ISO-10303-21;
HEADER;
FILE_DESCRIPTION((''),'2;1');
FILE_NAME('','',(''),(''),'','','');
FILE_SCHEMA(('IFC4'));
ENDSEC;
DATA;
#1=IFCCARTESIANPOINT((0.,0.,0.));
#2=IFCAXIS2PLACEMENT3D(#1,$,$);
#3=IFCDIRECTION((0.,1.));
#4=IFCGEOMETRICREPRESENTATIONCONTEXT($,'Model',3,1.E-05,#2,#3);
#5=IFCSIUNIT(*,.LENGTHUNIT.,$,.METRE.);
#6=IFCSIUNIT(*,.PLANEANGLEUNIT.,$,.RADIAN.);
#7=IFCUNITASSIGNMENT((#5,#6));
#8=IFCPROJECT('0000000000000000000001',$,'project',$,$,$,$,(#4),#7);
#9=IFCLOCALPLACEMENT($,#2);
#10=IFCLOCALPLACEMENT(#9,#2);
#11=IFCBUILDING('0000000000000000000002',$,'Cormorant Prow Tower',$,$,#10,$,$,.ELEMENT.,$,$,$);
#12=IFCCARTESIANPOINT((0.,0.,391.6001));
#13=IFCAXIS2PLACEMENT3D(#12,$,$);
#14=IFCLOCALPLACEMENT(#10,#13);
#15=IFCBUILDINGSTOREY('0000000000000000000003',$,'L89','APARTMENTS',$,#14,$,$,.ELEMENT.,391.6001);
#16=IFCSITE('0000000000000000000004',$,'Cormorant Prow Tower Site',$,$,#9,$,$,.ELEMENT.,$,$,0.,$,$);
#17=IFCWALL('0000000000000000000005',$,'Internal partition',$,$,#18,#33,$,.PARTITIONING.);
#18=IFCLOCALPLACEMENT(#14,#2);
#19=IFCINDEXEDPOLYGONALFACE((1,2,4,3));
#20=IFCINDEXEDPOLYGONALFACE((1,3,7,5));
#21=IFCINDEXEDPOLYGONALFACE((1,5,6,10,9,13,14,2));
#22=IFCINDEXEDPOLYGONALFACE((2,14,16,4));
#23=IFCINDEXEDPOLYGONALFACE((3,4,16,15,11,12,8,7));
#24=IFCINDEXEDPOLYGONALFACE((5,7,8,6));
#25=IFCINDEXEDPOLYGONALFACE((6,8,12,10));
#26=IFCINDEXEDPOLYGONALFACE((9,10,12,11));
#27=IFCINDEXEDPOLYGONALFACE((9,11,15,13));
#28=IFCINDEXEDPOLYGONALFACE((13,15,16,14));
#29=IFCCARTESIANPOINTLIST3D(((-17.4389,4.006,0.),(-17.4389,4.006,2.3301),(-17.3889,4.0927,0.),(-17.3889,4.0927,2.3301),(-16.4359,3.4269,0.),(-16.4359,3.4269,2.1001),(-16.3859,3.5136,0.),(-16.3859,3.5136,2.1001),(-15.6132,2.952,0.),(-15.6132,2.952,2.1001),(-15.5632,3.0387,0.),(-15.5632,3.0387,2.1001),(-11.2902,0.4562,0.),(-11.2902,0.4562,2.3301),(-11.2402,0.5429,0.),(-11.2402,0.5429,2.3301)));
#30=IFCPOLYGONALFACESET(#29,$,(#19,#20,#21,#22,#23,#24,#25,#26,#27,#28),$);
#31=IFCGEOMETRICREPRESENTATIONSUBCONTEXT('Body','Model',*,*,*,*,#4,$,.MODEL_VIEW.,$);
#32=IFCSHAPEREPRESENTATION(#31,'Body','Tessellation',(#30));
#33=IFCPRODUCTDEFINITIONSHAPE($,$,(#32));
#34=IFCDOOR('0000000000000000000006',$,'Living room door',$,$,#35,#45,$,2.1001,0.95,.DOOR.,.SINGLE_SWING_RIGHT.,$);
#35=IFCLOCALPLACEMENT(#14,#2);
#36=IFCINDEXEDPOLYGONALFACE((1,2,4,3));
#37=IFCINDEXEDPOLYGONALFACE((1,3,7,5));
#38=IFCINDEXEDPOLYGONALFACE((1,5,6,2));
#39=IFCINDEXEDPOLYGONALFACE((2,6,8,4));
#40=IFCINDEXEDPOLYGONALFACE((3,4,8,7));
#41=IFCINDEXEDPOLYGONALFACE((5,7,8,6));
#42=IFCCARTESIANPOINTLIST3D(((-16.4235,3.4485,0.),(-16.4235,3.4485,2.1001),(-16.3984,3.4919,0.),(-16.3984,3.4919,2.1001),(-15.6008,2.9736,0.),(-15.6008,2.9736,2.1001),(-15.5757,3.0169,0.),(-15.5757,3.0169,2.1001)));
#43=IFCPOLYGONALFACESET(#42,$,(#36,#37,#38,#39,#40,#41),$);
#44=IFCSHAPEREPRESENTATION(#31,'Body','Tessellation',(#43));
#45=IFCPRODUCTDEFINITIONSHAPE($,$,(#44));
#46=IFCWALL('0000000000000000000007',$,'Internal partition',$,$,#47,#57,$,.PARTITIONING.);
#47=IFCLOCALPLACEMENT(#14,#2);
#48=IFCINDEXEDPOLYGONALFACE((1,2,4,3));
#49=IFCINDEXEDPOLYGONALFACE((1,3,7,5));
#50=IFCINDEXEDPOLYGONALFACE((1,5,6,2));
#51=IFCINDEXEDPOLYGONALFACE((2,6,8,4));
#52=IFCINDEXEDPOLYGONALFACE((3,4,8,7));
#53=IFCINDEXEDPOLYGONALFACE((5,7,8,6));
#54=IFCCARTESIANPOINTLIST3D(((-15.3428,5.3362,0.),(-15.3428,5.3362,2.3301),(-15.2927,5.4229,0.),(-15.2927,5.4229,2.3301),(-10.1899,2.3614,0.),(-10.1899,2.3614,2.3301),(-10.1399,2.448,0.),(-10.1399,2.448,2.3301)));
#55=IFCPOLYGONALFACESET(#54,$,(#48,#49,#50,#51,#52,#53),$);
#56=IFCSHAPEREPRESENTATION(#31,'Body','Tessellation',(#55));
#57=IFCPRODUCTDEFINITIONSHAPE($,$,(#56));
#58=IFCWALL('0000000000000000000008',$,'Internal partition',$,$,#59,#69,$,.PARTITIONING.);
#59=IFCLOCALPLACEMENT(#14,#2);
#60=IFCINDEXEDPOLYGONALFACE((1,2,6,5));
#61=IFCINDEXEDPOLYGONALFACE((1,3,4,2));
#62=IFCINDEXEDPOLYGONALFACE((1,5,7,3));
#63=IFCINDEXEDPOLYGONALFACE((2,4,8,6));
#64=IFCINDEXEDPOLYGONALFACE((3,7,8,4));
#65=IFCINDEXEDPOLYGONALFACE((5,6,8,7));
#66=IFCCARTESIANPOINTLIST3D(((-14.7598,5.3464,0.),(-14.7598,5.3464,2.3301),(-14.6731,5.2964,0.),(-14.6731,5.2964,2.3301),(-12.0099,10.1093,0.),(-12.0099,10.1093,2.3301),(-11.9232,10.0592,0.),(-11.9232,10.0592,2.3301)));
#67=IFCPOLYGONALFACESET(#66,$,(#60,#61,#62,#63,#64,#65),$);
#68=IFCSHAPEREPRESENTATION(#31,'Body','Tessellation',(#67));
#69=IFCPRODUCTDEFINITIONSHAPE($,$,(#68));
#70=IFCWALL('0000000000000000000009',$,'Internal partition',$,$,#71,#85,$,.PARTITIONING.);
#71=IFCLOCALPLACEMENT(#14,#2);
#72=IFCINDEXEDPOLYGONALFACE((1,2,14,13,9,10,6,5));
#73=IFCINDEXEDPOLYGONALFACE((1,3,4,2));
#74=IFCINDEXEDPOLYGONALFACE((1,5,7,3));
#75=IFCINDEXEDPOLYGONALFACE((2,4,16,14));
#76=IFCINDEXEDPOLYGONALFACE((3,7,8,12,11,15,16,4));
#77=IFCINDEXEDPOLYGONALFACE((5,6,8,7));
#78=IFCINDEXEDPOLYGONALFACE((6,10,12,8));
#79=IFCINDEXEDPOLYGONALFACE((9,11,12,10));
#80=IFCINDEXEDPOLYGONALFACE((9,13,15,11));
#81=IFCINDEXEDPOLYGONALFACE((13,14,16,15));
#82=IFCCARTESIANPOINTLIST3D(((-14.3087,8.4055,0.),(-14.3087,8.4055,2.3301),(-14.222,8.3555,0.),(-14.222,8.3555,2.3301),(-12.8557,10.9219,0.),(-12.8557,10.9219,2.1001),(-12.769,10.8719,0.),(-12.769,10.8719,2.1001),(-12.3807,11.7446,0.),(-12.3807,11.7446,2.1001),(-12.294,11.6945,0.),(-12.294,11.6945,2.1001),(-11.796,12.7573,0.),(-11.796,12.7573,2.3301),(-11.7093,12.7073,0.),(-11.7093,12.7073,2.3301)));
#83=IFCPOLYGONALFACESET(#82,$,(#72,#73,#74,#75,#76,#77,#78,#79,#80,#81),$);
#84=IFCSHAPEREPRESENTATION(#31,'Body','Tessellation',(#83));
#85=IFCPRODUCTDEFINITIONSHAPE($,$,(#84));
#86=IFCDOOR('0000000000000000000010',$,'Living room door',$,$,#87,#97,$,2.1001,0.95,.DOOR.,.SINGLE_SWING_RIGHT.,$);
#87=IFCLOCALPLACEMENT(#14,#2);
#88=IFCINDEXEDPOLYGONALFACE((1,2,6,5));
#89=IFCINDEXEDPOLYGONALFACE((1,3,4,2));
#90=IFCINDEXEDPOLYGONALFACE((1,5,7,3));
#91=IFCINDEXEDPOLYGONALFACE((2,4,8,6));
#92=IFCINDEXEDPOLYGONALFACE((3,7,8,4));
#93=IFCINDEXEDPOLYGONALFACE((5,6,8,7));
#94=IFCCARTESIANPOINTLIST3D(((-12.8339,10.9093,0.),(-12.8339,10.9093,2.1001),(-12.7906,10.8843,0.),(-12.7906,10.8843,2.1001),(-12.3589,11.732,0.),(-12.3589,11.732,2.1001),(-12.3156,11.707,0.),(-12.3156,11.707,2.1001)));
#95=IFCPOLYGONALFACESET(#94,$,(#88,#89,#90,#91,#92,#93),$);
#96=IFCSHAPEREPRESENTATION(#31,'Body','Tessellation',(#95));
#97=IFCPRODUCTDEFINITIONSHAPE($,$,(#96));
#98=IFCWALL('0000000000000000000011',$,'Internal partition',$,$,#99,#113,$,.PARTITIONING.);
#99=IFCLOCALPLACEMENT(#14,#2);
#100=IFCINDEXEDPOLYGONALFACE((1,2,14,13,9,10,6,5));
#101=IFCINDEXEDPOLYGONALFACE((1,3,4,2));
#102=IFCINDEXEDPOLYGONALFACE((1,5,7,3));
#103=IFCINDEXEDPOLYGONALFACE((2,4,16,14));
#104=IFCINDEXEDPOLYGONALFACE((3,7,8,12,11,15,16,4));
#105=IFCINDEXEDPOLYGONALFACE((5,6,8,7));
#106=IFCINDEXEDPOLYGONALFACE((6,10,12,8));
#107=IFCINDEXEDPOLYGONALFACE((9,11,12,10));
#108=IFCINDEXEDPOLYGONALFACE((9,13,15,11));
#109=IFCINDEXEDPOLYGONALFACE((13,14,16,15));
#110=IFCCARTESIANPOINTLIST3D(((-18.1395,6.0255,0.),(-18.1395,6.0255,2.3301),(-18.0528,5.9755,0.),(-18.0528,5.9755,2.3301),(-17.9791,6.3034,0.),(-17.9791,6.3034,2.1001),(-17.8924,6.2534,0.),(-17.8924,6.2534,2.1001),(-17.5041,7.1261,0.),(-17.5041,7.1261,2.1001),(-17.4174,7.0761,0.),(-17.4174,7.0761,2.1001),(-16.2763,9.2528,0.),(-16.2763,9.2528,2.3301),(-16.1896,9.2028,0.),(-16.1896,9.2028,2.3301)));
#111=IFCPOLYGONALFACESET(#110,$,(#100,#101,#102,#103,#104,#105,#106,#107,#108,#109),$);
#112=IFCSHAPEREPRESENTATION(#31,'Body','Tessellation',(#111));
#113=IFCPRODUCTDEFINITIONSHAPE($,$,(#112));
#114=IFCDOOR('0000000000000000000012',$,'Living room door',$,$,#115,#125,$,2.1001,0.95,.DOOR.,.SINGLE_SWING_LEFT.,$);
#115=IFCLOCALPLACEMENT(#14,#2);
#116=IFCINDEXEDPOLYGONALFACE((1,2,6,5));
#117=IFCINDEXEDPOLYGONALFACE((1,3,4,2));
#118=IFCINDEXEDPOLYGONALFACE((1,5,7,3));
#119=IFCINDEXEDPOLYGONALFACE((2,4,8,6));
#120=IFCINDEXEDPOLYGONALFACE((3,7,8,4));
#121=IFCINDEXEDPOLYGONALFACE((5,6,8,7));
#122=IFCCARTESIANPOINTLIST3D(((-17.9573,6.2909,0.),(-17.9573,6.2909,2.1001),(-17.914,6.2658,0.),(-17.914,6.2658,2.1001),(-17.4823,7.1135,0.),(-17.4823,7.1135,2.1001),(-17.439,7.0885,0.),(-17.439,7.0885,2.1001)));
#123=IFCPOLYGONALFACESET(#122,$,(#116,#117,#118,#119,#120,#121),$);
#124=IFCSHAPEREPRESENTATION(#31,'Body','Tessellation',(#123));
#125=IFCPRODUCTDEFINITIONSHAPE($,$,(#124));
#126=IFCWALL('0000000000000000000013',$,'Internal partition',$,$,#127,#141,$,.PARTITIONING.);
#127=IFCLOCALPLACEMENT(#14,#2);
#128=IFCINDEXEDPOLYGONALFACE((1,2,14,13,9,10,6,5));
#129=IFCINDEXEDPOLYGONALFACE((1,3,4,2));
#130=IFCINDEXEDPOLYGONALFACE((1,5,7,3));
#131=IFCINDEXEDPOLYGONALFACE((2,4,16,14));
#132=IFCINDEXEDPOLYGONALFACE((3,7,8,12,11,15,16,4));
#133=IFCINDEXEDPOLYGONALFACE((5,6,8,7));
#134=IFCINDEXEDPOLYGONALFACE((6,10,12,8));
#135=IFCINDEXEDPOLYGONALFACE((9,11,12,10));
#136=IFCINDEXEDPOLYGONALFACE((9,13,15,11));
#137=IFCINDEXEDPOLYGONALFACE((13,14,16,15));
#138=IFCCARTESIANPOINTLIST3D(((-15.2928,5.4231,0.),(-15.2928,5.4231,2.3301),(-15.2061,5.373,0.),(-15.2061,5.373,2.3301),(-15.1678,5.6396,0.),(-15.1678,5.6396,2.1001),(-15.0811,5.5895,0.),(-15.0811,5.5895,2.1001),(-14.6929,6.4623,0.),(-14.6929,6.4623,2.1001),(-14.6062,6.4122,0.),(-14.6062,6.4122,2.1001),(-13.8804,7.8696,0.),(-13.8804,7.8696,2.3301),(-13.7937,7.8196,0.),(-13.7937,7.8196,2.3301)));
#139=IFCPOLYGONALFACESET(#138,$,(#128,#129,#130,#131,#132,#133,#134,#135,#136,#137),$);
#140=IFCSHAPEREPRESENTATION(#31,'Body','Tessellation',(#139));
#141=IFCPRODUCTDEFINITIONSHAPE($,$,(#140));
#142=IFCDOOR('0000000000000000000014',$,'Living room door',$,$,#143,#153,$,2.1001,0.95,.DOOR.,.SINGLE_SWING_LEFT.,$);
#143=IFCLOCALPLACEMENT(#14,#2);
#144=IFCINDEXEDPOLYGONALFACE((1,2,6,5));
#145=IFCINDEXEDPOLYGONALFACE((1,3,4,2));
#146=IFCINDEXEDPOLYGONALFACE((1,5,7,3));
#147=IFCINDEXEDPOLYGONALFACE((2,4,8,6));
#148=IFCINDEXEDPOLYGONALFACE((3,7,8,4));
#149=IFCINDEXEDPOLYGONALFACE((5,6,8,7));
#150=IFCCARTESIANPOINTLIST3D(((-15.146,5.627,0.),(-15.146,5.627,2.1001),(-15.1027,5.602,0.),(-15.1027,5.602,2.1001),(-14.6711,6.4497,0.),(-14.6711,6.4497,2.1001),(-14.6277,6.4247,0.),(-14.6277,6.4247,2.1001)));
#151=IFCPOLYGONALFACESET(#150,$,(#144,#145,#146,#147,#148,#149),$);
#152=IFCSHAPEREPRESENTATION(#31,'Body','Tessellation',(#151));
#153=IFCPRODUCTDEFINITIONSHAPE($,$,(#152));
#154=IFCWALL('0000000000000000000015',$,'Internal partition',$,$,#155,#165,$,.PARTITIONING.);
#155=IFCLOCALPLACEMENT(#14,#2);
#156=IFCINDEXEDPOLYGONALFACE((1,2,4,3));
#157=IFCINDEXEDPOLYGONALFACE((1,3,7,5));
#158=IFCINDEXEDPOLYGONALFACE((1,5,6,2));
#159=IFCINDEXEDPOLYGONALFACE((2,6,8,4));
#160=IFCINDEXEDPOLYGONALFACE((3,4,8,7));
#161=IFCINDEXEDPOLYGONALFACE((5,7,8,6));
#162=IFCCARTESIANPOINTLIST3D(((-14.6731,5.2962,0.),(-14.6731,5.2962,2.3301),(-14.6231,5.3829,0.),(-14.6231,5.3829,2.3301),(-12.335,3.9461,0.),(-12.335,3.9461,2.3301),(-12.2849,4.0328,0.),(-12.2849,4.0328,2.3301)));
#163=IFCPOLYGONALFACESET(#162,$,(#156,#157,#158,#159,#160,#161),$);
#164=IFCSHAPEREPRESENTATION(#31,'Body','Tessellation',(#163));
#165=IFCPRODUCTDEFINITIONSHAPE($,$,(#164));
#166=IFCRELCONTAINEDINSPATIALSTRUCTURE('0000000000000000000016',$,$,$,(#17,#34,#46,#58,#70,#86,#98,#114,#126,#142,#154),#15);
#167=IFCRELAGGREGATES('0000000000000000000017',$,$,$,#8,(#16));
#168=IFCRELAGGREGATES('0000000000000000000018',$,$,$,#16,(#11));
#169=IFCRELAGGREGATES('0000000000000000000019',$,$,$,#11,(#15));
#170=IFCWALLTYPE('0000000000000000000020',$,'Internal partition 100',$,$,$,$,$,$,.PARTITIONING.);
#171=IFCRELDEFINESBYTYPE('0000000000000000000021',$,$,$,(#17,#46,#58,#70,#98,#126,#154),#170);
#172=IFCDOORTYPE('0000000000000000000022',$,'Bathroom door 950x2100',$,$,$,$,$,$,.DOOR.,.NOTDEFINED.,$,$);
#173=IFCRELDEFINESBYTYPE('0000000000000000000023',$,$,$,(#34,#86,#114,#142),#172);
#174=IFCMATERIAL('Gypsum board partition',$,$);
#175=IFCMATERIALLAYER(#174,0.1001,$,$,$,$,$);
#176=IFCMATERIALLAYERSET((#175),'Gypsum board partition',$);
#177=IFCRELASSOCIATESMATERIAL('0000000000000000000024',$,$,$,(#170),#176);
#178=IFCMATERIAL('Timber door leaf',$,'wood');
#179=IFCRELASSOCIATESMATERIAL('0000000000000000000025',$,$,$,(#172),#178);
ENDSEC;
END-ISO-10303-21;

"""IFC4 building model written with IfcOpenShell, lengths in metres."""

from ifc_helpers import new_model, si_unit, direction, frame, frame_2d, origin, place, context, subcontext, project, spatial, rectangle, extrude, material, layer, layer_set, type_object, element, fill, save


model = new_model("IFC4")

# Units and contexts
model_context = context("Model", 3, precision=1e-05, world=origin(), true_north=direction((0.0, 1.0)))
body_context = subcontext(model_context, "Body", "Model", "MODEL_VIEW")
ifc_project = project(units=[si_unit("LENGTHUNIT", "METRE"), si_unit("PLANEANGLEUNIT", "RADIAN")], contexts=[model_context])

# Site, building, storey
site_placement = place(None, origin())
site = spatial("IfcSite", under=ifc_project, at=site_placement, Name="Cormorant Prow Tower Site", CompositionType="ELEMENT", RefElevation=0.0)
building_placement = place(site_placement, origin())
building = spatial("IfcBuilding", under=site, at=building_placement, Name="Cormorant Prow Tower", CompositionType="ELEMENT")
storey_placement = place(building_placement, frame((0.0, 0.0, 391.6001)))
storey = spatial("IfcBuildingStorey", under=building, at=storey_placement, Name="L89", Description="APARTMENTS", CompositionType="ELEMENT", Elevation=391.6001)

# Wall, opening, door
ifc_material_1 = material(Name="Gypsum board partition")
ifc_layer_1 = layer(ifc_material_1, 0.1001)
ifc_layer_set_1 = layer_set([ifc_layer_1], Name="Gypsum board partition")
wall_type_1 = type_object("IfcWallType", Name="Internal partition 100", PredefinedType="PARTITIONING", material=ifc_layer_set_1)
ifc_material_2 = material(Name="Timber door leaf", Category="wood")
door_type_1 = type_object("IfcDoorType", Name="Bathroom door 950x2100", OperationType="NOTDEFINED", PredefinedType="DOOR", material=ifc_material_2)
wall_1_placement = place(storey_placement, frame((-17.4138, 4.0493, 0.0), z_axis=(0.0, 0.0, 1.0), x_axis=(0.866034, -0.499985, 0.0)))
wall_1 = element("IfcWall", 1, at=wall_1_placement, inside=storey, type_object=wall_type_1, Name="Internal partition", PredefinedType="PARTITIONING", context=body_context, shape_type="SweptSolid", body=[
    extrude(rectangle(XDim=7.0999, YDim=0.1001, at=frame_2d((3.5498, 0.0))), origin(), (0.0, 0.0, 1.0), 2.3301),
])
opening_1_placement = place(wall_1_placement, frame((1.158, 0.0, 0.0)))
opening_1 = element("IfcOpeningElement", 2, at=opening_1_placement, cuts=wall_1, PredefinedType="OPENING", context=body_context, shape_type="SweptSolid", body=[
    extrude(rectangle(XDim=0.95, YDim=2.1001, at=frame_2d((0.4751, 1.05))), frame((0.0, 0.0601, 0.0), z_axis=(0.0, -1.0, 0.0), x_axis=(1.0, 0.0, 0.0)), (0.0, 0.0, 1.0), 0.1201),
])
door_1_placement = place(opening_1_placement, origin())
door_1 = element("IfcDoor", 3, at=door_1_placement, inside=storey, type_object=door_type_1, Name="Living room door", OperationType="SINGLE_SWING_RIGHT", OverallHeight=2.1001, OverallWidth=0.95, PredefinedType="DOOR", context=body_context, shape_type="SweptSolid", body=[
    extrude(rectangle(XDim=0.95, YDim=2.1001, at=frame_2d((0.4751, 1.05))), frame((0.0, 0.0249, 0.0), z_axis=(0.0, -1.0, 0.0), x_axis=(1.0, 0.0, 0.0)), (0.0, 0.0, 1.0), 0.05),
])
fill(opening_1, door_1)

# Walls
wall_2_placement = place(storey_placement, frame((-15.3179, 5.3796, 0.0), z_axis=(0.0, 0.0, 1.0), x_axis=(0.866035, -0.499983, 0.0)))
element("IfcWall", 4, at=wall_2_placement, inside=storey, type_object=wall_type_1, Name="Internal partition", PredefinedType="PARTITIONING", context=body_context, shape_type="SweptSolid", body=[
    extrude(rectangle(XDim=5.95, YDim=0.1001, at=frame_2d((2.9751, 0.0))), origin(), (0.0, 0.0, 1.0), 2.3301),
])
wall_3_placement = place(storey_placement, frame((-14.7166, 5.3213, 0.0), z_axis=(0.0, 0.0, 1.0), x_axis=(0.500016, 0.866016, 0.0)))
element("IfcWall", 5, at=wall_3_placement, inside=storey, type_object=wall_type_1, Name="Internal partition", PredefinedType="PARTITIONING", context=body_context, shape_type="SweptSolid", body=[
    extrude(rectangle(XDim=5.4998, YDim=0.1001, at=frame_2d((2.75, 0.0))), origin(), (0.0, 0.0, 1.0), 2.3301),
])

# Walls, openings, doors
wall_4_placement = place(storey_placement, frame((-14.2654, 8.3804, 0.0), z_axis=(0.0, 0.0, 1.0), x_axis=(0.500027, 0.86601, 0.0)))
wall_4 = element("IfcWall", 6, at=wall_4_placement, inside=storey, type_object=wall_type_1, Name="Internal partition", PredefinedType="PARTITIONING", context=body_context, shape_type="SweptSolid", body=[
    extrude(rectangle(XDim=5.0251, YDim=0.1001, at=frame_2d((2.5127, 0.0))), origin(), (0.0, 0.0, 1.0), 2.3301),
])
opening_2_placement = place(wall_4_placement, frame((2.9058, 0.0, 0.0)))
opening_2 = element("IfcOpeningElement", 7, at=opening_2_placement, cuts=wall_4, PredefinedType="OPENING", context=body_context, shape_type="SweptSolid", body=[
    extrude(rectangle(XDim=0.95, YDim=2.1001, at=frame_2d((0.4751, 1.05))), frame((0.0, 0.0601, 0.0), z_axis=(0.0, -1.0, 0.0), x_axis=(1.0, 0.0, 0.0)), (0.0, 0.0, 1.0), 0.1201),
])
door_2_placement = place(opening_2_placement, origin())
door_2 = element("IfcDoor", 8, at=door_2_placement, inside=storey, type_object=door_type_1, Name="Living room door", OperationType="SINGLE_SWING_RIGHT", OverallHeight=2.1001, OverallWidth=0.95, PredefinedType="DOOR", context=body_context, shape_type="SweptSolid", body=[
    extrude(rectangle(XDim=0.95, YDim=2.1001, at=frame_2d((0.4751, 1.05))), frame((0.0, 0.0249, 0.0), z_axis=(0.0, -1.0, 0.0), x_axis=(1.0, 0.0, 0.0)), (0.0, 0.0, 1.0), 0.05),
])
fill(opening_2, door_2)
wall_5_placement = place(storey_placement, frame((-18.0962, 6.0005, 0.0), z_axis=(0.0, 0.0, 1.0), x_axis=(0.5, 0.866025, 0.0)))
wall_5 = element("IfcWall", 9, at=wall_5_placement, inside=storey, type_object=wall_type_1, Name="Internal partition", PredefinedType="PARTITIONING", context=body_context, shape_type="SweptSolid", body=[
    extrude(rectangle(XDim=3.7266, YDim=0.1001, at=frame_2d((1.8633, 0.0))), origin(), (0.0, 0.0, 1.0), 2.3301),
])
opening_3_placement = place(wall_5_placement, frame((0.3208, 0.0, 0.0)))
opening_3 = element("IfcOpeningElement", 10, at=opening_3_placement, cuts=wall_5, PredefinedType="OPENING", context=body_context, shape_type="SweptSolid", body=[
    extrude(rectangle(XDim=0.95, YDim=2.1001, at=frame_2d((0.4751, 1.05))), frame((0.0, 0.0601, 0.0), z_axis=(0.0, -1.0, 0.0), x_axis=(1.0, 0.0, 0.0)), (0.0, 0.0, 1.0), 0.1201),
])
door_3_placement = place(opening_3_placement, origin())
door_3 = element("IfcDoor", 11, at=door_3_placement, inside=storey, type_object=door_type_1, Name="Living room door", OperationType="SINGLE_SWING_LEFT", OverallHeight=2.1001, OverallWidth=0.95, PredefinedType="DOOR", context=body_context, shape_type="SweptSolid", body=[
    extrude(rectangle(XDim=0.95, YDim=2.1001, at=frame_2d((0.4751, 1.05))), frame((0.0, 0.0249, 0.0), z_axis=(0.0, -1.0, 0.0), x_axis=(1.0, 0.0, 0.0)), (0.0, 0.0, 1.0), 0.05),
])
fill(opening_3, door_3)
wall_6_placement = place(storey_placement, frame((-15.2495, 5.3979, 0.0), z_axis=(0.0, 0.0, 1.0), x_axis=(0.499959, 0.866049, 0.0)))
wall_6 = element("IfcWall", 12, at=wall_6_placement, inside=storey, type_object=wall_type_1, Name="Internal partition", PredefinedType="PARTITIONING", context=body_context, shape_type="SweptSolid", body=[
    extrude(rectangle(XDim=2.825, YDim=0.1001, at=frame_2d((1.4126, 0.0))), origin(), (0.0, 0.0, 1.0), 2.3301),
])
opening_4_placement = place(wall_6_placement, frame((0.25, 0.0, 0.0)))
opening_4 = element("IfcOpeningElement", 13, at=opening_4_placement, cuts=wall_6, PredefinedType="OPENING", context=body_context, shape_type="SweptSolid", body=[
    extrude(rectangle(XDim=0.95, YDim=2.1001, at=frame_2d((0.4751, 1.05))), frame((0.0, 0.0601, 0.0), z_axis=(0.0, -1.0, 0.0), x_axis=(1.0, 0.0, 0.0)), (0.0, 0.0, 1.0), 0.1201),
])
door_4_placement = place(opening_4_placement, origin())
door_4 = element("IfcDoor", 14, at=door_4_placement, inside=storey, type_object=door_type_1, Name="Living room door", OperationType="SINGLE_SWING_LEFT", OverallHeight=2.1001, OverallWidth=0.95, PredefinedType="DOOR", context=body_context, shape_type="SweptSolid", body=[
    extrude(rectangle(XDim=0.95, YDim=2.1001, at=frame_2d((0.4751, 1.05))), frame((0.0, 0.0249, 0.0), z_axis=(0.0, -1.0, 0.0), x_axis=(1.0, 0.0, 0.0)), (0.0, 0.0, 1.0), 0.05),
])
fill(opening_4, door_4)

# Wall
wall_7_placement = place(storey_placement, frame((-14.6482, 5.3396, 0.0), z_axis=(0.0, 0.0, 1.0), x_axis=(0.865997, -0.500049, 0.0)))
element("IfcWall", 15, at=wall_7_placement, inside=storey, type_object=wall_type_1, Name="Internal partition", PredefinedType="PARTITIONING", context=body_context, shape_type="SweptSolid", body=[
    extrude(rectangle(XDim=2.7, YDim=0.1001, at=frame_2d((1.3501, 0.0))), origin(), (0.0, 0.0, 1.0), 2.3301),
])

save(model, "model.ifc")
